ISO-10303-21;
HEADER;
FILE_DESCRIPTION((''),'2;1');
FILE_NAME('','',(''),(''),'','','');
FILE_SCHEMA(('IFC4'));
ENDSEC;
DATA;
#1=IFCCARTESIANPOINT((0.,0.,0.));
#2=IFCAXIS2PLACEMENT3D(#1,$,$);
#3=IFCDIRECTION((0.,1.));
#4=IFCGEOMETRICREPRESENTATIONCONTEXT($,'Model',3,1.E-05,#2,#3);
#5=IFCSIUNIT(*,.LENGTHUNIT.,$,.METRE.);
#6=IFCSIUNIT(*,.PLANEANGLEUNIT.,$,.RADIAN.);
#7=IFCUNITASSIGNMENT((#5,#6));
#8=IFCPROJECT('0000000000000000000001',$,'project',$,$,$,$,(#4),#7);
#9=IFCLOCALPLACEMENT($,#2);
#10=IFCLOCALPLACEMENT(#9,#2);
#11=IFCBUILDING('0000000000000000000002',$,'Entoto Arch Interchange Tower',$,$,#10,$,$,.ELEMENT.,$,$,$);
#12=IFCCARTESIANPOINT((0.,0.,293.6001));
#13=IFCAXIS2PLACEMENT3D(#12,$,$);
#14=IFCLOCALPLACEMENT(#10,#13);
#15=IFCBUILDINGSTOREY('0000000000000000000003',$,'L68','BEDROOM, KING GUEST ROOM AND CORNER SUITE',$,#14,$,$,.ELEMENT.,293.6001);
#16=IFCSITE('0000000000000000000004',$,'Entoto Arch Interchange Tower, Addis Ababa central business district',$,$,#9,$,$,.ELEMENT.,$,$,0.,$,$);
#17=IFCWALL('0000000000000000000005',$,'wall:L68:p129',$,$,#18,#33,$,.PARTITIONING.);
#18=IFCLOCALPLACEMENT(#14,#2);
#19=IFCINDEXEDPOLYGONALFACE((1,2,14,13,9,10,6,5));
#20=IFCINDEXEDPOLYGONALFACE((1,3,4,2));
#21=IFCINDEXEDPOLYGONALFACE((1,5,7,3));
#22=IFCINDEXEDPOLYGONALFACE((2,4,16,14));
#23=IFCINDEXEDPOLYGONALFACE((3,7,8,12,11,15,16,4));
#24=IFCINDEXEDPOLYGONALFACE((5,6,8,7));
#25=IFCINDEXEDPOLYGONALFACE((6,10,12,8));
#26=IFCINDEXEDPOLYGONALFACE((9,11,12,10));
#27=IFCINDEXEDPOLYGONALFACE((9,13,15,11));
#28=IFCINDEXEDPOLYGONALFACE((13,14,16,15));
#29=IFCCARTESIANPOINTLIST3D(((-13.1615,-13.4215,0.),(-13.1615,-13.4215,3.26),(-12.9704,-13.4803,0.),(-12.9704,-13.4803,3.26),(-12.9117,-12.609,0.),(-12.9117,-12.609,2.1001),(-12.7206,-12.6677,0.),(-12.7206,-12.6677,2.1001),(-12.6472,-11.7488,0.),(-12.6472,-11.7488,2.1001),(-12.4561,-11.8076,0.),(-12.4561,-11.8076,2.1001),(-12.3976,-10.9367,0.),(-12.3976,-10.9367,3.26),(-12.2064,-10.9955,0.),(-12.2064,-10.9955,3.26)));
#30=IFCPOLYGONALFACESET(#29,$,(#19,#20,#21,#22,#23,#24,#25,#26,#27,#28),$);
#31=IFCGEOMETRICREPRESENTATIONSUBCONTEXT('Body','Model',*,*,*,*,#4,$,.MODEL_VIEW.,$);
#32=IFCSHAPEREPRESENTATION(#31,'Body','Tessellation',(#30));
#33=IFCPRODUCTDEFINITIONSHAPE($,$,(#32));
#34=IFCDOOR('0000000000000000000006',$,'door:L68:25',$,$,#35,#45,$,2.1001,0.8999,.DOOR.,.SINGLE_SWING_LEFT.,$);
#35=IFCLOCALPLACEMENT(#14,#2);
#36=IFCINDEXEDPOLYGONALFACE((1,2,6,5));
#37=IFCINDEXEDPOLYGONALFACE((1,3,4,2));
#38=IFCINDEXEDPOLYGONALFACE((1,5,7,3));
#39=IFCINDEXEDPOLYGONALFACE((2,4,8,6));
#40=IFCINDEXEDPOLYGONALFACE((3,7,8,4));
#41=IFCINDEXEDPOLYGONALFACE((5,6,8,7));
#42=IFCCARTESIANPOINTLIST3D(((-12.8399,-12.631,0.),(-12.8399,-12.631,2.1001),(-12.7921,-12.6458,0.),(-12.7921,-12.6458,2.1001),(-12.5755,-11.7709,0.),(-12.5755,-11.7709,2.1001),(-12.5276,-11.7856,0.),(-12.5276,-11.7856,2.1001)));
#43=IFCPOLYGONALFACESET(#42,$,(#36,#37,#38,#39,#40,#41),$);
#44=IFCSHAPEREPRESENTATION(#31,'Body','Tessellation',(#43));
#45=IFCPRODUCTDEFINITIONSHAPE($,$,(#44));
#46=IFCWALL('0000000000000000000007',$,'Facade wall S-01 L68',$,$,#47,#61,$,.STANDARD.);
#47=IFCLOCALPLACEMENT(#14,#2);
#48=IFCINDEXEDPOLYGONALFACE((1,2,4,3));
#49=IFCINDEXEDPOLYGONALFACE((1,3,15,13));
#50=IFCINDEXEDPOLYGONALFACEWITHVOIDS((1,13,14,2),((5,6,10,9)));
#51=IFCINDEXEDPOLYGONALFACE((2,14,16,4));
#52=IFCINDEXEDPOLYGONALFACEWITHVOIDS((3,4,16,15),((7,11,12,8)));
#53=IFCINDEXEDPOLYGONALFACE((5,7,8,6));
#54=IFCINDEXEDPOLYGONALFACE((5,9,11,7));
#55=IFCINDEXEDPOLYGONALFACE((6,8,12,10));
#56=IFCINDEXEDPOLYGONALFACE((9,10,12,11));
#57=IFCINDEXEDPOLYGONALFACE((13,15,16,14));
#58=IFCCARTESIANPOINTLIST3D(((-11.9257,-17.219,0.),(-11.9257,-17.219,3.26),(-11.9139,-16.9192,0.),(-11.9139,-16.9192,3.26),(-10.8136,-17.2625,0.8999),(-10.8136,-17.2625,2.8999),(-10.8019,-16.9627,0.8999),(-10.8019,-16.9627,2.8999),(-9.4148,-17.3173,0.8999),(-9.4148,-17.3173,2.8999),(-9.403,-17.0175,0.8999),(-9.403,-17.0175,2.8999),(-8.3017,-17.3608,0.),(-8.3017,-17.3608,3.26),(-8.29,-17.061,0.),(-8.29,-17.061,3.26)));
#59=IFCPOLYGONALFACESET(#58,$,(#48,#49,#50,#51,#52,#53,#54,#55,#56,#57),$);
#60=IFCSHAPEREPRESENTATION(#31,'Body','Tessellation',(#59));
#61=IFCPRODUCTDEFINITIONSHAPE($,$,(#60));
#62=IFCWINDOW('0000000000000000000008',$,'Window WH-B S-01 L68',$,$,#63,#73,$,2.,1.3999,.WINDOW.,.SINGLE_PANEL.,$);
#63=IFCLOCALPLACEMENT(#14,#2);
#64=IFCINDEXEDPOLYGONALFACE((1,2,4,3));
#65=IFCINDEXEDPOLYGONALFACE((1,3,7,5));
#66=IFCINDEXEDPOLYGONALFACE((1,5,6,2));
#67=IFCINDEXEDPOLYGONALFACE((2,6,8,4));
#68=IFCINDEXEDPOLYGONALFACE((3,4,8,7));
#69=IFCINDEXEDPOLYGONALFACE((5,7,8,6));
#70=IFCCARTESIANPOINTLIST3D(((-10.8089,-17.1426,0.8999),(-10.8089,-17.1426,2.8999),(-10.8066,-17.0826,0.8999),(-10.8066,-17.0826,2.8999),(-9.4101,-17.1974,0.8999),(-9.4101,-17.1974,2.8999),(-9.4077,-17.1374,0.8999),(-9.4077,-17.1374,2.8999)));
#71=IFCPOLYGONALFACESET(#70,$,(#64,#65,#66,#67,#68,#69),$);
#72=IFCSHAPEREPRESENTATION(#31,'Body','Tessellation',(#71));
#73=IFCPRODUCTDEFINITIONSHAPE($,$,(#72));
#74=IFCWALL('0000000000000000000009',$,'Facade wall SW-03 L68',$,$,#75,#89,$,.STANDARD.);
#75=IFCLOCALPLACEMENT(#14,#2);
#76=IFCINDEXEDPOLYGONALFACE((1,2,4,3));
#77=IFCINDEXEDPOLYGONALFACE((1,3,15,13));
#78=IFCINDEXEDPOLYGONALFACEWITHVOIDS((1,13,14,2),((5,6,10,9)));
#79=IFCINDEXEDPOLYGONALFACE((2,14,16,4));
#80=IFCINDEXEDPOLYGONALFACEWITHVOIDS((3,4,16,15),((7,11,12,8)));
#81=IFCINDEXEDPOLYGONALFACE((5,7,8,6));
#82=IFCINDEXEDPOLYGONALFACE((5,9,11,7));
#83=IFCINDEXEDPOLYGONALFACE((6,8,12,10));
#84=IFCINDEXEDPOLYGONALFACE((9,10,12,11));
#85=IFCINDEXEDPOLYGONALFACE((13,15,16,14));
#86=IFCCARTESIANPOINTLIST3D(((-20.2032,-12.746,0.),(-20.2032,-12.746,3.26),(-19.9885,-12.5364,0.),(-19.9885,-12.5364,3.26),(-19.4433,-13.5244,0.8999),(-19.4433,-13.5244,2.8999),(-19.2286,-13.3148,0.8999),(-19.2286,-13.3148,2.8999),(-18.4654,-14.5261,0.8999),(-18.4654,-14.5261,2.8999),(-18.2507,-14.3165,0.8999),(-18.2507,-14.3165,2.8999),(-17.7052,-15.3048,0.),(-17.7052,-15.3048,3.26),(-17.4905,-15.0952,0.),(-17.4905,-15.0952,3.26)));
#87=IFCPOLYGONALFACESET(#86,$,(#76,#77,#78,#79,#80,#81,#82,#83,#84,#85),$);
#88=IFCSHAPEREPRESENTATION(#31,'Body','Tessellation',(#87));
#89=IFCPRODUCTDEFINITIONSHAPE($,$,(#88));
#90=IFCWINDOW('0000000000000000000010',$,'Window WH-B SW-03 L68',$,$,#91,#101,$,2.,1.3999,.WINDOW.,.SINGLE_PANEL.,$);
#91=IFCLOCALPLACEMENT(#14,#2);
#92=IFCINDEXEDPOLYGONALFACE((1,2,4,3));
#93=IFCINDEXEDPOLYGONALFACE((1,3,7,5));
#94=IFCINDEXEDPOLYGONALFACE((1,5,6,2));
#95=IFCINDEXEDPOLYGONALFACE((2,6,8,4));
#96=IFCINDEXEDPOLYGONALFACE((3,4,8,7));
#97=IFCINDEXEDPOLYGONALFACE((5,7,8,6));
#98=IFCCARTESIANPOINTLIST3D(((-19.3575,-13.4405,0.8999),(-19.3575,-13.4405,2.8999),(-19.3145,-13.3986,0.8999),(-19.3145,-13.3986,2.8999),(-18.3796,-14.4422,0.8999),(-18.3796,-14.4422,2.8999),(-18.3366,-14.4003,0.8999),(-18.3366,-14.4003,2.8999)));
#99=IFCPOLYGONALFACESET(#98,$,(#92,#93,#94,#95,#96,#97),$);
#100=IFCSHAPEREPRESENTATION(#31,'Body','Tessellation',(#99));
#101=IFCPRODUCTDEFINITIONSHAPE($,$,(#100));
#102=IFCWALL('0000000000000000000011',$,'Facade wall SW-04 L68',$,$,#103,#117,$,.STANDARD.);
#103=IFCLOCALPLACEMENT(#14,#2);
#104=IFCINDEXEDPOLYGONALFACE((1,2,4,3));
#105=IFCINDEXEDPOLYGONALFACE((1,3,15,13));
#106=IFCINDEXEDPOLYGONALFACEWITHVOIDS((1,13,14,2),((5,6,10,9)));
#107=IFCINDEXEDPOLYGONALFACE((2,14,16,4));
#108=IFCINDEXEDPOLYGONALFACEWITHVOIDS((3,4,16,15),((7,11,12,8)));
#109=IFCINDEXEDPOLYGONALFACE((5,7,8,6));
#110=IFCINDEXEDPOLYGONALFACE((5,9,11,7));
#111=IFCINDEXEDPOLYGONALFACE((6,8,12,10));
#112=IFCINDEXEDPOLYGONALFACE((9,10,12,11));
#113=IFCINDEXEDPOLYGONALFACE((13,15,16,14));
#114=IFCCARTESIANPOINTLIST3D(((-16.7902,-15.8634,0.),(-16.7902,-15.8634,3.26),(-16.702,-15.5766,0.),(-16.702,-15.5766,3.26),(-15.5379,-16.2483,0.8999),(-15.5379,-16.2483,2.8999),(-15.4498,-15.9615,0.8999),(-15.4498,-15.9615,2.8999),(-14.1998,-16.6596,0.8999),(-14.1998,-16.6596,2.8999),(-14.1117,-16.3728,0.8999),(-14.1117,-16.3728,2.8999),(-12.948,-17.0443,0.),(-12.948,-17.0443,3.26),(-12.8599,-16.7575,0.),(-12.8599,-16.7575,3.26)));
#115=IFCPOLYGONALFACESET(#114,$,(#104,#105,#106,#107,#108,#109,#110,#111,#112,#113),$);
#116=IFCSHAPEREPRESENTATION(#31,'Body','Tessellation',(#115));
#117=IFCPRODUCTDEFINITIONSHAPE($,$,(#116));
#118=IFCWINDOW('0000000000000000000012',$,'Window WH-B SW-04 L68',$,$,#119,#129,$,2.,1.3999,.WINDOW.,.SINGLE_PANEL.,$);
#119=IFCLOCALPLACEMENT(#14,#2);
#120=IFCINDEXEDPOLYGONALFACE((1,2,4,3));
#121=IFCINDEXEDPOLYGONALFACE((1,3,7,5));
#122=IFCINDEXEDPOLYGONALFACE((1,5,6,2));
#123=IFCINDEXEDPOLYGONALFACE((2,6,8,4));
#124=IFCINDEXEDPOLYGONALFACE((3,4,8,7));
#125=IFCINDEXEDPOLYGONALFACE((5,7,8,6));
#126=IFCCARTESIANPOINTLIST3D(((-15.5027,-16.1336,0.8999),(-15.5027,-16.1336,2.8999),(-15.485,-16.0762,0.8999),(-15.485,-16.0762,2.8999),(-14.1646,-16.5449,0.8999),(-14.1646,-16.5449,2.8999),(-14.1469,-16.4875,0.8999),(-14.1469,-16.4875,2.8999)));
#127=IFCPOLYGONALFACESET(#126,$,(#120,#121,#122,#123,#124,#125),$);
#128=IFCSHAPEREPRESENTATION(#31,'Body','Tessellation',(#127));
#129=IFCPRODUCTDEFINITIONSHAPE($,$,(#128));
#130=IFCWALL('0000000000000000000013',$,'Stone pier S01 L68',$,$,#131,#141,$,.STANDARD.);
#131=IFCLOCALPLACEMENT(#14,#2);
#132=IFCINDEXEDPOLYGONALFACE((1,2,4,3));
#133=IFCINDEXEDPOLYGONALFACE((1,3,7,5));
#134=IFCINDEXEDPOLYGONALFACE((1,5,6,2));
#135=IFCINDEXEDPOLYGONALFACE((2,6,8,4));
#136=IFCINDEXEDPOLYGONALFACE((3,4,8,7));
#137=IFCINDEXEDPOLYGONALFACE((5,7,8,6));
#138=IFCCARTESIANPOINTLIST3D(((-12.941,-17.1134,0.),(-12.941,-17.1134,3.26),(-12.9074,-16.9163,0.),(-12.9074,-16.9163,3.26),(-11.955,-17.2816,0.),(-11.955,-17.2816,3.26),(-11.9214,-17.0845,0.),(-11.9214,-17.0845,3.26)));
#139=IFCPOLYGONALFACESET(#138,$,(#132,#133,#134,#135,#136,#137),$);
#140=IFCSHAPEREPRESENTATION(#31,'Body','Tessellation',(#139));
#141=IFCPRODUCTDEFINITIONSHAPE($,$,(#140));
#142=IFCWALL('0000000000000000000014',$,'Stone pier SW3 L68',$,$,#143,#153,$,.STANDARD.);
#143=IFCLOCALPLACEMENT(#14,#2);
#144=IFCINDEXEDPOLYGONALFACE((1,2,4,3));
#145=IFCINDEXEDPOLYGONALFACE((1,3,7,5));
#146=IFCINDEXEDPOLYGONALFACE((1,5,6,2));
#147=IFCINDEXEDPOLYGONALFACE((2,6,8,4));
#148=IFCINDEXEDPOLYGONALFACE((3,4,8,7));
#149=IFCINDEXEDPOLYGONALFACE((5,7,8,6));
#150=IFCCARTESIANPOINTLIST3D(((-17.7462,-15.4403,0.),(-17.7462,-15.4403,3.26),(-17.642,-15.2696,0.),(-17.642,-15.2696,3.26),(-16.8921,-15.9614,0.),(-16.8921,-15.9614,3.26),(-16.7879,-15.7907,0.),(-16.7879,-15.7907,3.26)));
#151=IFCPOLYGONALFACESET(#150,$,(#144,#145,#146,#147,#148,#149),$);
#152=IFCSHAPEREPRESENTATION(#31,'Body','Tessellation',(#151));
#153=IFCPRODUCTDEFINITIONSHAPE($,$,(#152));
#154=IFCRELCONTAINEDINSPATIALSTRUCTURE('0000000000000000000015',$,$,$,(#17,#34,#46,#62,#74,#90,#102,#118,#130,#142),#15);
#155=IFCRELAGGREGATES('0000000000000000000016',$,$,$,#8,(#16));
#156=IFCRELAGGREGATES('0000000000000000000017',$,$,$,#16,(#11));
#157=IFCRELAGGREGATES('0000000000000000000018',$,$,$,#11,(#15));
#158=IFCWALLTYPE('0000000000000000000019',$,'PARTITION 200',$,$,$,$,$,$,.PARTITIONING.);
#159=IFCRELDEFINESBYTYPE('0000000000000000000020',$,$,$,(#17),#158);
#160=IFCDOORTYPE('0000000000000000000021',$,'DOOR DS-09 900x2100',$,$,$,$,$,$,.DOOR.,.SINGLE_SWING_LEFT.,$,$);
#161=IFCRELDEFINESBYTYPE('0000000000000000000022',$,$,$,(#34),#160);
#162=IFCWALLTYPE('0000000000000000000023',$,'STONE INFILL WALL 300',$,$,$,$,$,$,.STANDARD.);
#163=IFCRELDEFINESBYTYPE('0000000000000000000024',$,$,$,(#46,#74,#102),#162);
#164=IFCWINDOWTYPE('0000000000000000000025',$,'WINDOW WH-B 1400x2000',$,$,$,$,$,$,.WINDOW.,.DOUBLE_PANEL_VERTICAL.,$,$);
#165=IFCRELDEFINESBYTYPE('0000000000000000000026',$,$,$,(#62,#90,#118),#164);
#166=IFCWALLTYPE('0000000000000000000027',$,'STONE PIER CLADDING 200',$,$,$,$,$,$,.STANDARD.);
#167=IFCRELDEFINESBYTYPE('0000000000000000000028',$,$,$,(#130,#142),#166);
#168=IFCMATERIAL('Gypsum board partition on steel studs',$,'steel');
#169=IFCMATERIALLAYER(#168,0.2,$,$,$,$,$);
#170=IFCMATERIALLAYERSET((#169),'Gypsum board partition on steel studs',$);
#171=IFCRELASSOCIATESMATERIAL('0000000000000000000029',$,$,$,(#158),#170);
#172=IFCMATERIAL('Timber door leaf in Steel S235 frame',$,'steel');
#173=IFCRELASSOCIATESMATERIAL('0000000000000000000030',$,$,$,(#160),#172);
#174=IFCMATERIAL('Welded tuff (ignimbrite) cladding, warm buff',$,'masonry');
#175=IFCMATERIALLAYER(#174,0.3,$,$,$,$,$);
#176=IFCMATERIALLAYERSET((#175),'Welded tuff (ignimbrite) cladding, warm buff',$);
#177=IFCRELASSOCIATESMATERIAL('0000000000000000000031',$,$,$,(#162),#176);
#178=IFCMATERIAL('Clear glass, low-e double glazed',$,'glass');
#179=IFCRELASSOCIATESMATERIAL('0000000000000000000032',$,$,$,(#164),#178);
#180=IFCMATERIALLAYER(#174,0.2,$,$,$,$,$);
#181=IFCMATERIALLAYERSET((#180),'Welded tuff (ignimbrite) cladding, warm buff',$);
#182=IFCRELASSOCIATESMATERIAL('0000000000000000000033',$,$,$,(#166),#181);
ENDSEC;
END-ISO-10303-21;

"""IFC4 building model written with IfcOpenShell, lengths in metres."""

from ifc_helpers import new_model, si_unit, direction, frame, frame_2d, origin, place, context, subcontext, project, spatial, rectangle, extrude, material, layer, layer_set, type_object, element, fill, save


model = new_model("IFC4")

# Units and contexts
model_context = context("Model", 3, precision=1e-05, world=origin(), true_north=direction((0.0, 1.0)))
body_context = subcontext(model_context, "Body", "Model", "MODEL_VIEW")
ifc_project = project(units=[si_unit("LENGTHUNIT", "METRE"), si_unit("PLANEANGLEUNIT", "RADIAN")], contexts=[model_context])

# Site, building, storey
site_placement = place(None, origin())
site = spatial("IfcSite", under=ifc_project, at=site_placement, Name="Entoto Arch Interchange Tower, Addis Ababa central business district", CompositionType="ELEMENT", RefElevation=0.0)
building_placement = place(site_placement, origin())
building = spatial("IfcBuilding", under=site, at=building_placement, Name="Entoto Arch Interchange Tower", CompositionType="ELEMENT")
storey_placement = place(building_placement, frame((0.0, 0.0, 293.6001)))
storey = spatial("IfcBuildingStorey", under=building, at=storey_placement, Name="L68", Description="BEDROOM, KING GUEST ROOM AND CORNER SUITE", CompositionType="ELEMENT", Elevation=293.6001)

# Shared definitions
ifc_material_1 = material(Name="Gypsum board partition on steel studs", Category="steel")

# Shared definitions
ifc_layer_1 = layer(ifc_material_1, 0.2)
ifc_layer_set_1 = layer_set([ifc_layer_1], Name="Gypsum board partition on steel studs")
wall_type_1 = type_object("IfcWallType", Name="PARTITION 200", PredefinedType="PARTITIONING", material=ifc_layer_set_1)
ifc_material_2 = material(Name="Timber door leaf in Steel S235 frame", Category="steel")

# Wall, opening, door
wall_1_placement = place(storey_placement, frame((-13.0659, -13.4509, 0.0), z_axis=(0.0, 0.0, 1.0), x_axis=(0.293855, 0.95585, 0.0)))
wall_1 = element("IfcWall", 1, at=wall_1_placement, inside=storey, type_object=wall_type_1, Name="wall:L68:p129", PredefinedType="PARTITIONING", context=body_context, shape_type="SweptSolid", body=[
    extrude(rectangle(XDim=2.5996, YDim=0.2, at=frame_2d((1.2998, 0.0))), origin(), (0.0, 0.0, 1.0), 3.26),
])
opening_1_placement = place(wall_1_placement, frame((0.8501, 0.0, 0.0)))
opening_1 = element("IfcOpeningElement", 2, at=opening_1_placement, cuts=wall_1, PredefinedType="OPENING", context=body_context, shape_type="SweptSolid", body=[
    extrude(rectangle(XDim=0.8999, YDim=2.1001, at=frame_2d((0.45, 1.05))), frame((0.0, 0.1099, 0.0), z_axis=(0.0, -1.0, 0.0), x_axis=(1.0, 0.0, 0.0)), (0.0, 0.0, 1.0), 0.22),
])
door_type_1 = type_object("IfcDoorType", Name="DOOR DS-09 900x2100", OperationType="SINGLE_SWING_LEFT", PredefinedType="DOOR", material=ifc_material_2)
door_1_placement = place(opening_1_placement, origin())
door_1 = element("IfcDoor", 3, at=door_1_placement, inside=storey, type_object=door_type_1, Name="door:L68:25", OperationType="SINGLE_SWING_LEFT", OverallHeight=2.1001, OverallWidth=0.8999, PredefinedType="DOOR", context=body_context, shape_type="SweptSolid", body=[
    extrude(rectangle(XDim=0.8999, YDim=2.1001, at=frame_2d((0.45, 1.05))), frame((0.0, 0.0249, 0.0), z_axis=(0.0, -1.0, 0.0), x_axis=(1.0, 0.0, 0.0)), (0.0, 0.0, 1.0), 0.05),
])
fill(opening_1, door_1)

# Walls, openings, windows
ifc_material_3 = material(Name="Welded tuff (ignimbrite) cladding, warm buff", Category="masonry")
ifc_layer_2 = layer(ifc_material_3, 0.3)
ifc_layer_set_2 = layer_set([ifc_layer_2], Name="Welded tuff (ignimbrite) cladding, warm buff")
wall_type_2 = type_object("IfcWallType", Name="STONE INFILL WALL 300", PredefinedType="STANDARD", material=ifc_layer_set_2)
wall_2_placement = place(storey_placement, frame((-11.9199, -17.0691, 0.0), z_axis=(0.0, 0.0, 1.0), x_axis=(0.999235, -0.03911, 0.0)))
wall_2 = element("IfcWall", 4, at=wall_2_placement, inside=storey, type_object=wall_type_2, Name="Facade wall S-01 L68", PredefinedType="STANDARD", context=body_context, shape_type="SweptSolid", body=[
    extrude(rectangle(XDim=3.6267, YDim=0.3, at=frame_2d((1.8135, 0.0))), origin(), (0.0, 0.0, 1.0), 3.26),
])
opening_2_placement = place(wall_2_placement, frame((1.113, 0.0, 0.8999)))
opening_2 = element("IfcOpeningElement", 5, at=opening_2_placement, cuts=wall_2, PredefinedType="OPENING", context=body_context, shape_type="SweptSolid", body=[
    extrude(rectangle(XDim=1.3999, YDim=2.0, at=frame_2d((0.7, 1.0))), frame((0.0, 0.1602, 0.0), z_axis=(0.0, -1.0, 0.0), x_axis=(1.0, 0.0, 0.0)), (0.0, 0.0, 1.0), 0.3201),
])
ifc_material_4 = material(Name="Clear glass, low-e double glazed", Category="glass")
window_type = type_object("IfcWindowType", Name="WINDOW WH-B 1400x2000", PartitioningType="DOUBLE_PANEL_VERTICAL", PredefinedType="WINDOW", material=ifc_material_4)
window_1_placement = place(opening_2_placement, origin())
window_1 = element("IfcWindow", 6, at=window_1_placement, inside=storey, type_object=window_type, Name="Window WH-B S-01 L68", OverallHeight=2.0, OverallWidth=1.3999, PartitioningType="SINGLE_PANEL", PredefinedType="WINDOW", context=body_context, shape_type="SweptSolid", body=[
    extrude(rectangle(XDim=1.3999, YDim=2.0, at=frame_2d((0.7, 1.0))), frame((0.0, 0.03, 0.0), z_axis=(0.0, -1.0, 0.0), x_axis=(1.0, 0.0, 0.0)), (0.0, 0.0, 1.0), 0.0601),
])
fill(opening_2, window_1)
wall_3_placement = place(storey_placement, frame((-20.0959, -12.6411, 0.0), z_axis=(0.0, 0.0, 1.0), x_axis=(0.698556, -0.715556, 0.0)))
wall_3 = element("IfcWall", 7, at=wall_3_placement, inside=storey, type_object=wall_type_2, Name="Facade wall SW-03 L68", PredefinedType="STANDARD", context=body_context, shape_type="SweptSolid", body=[
    extrude(rectangle(XDim=3.5759, YDim=0.3, at=frame_2d((1.7881, 0.0))), origin(), (0.0, 0.0, 1.0), 3.26),
])
opening_3_placement = place(wall_3_placement, frame((1.0879, 0.0, 0.8999)))
opening_3 = element("IfcOpeningElement", 8, at=opening_3_placement, cuts=wall_3, PredefinedType="OPENING", context=body_context, shape_type="SweptSolid", body=[
    extrude(rectangle(XDim=1.3999, YDim=2.0, at=frame_2d((0.7, 1.0))), frame((0.0, 0.1602, 0.0), z_axis=(0.0, -1.0, 0.0), x_axis=(1.0, 0.0, 0.0)), (0.0, 0.0, 1.0), 0.3201),
])
window_2_placement = place(opening_3_placement, origin())
window_2 = element("IfcWindow", 9, at=window_2_placement, inside=storey, type_object=window_type, Name="Window WH-B SW-03 L68", OverallHeight=2.0, OverallWidth=1.3999, PartitioningType="SINGLE_PANEL", PredefinedType="WINDOW", context=body_context, shape_type="SweptSolid", body=[
    extrude(rectangle(XDim=1.3999, YDim=2.0, at=frame_2d((0.7, 1.0))), frame((0.0, 0.03, 0.0), z_axis=(0.0, -1.0, 0.0), x_axis=(1.0, 0.0, 0.0)), (0.0, 0.0, 1.0), 0.0601),
])
fill(opening_3, window_2)
wall_4_placement = place(storey_placement, frame((-16.7461, -15.72, 0.0), z_axis=(0.0, 0.0, 1.0), x_axis=(0.955867, -0.2938, 0.0)))
wall_4 = element("IfcWall", 10, at=wall_4_placement, inside=storey, type_object=wall_type_2, Name="Facade wall SW-04 L68", PredefinedType="STANDARD", context=body_context, shape_type="SweptSolid", body=[
    extrude(rectangle(XDim=4.0195, YDim=0.3, at=frame_2d((2.0098, 0.0))), origin(), (0.0, 0.0, 1.0), 3.26),
])
opening_4_placement = place(wall_4_placement, frame((1.3101, 0.0, 0.8999)))
opening_4 = element("IfcOpeningElement", 11, at=opening_4_placement, cuts=wall_4, PredefinedType="OPENING", context=body_context, shape_type="SweptSolid", body=[
    extrude(rectangle(XDim=1.3999, YDim=2.0, at=frame_2d((0.7, 1.0))), frame((0.0, 0.1602, 0.0), z_axis=(0.0, -1.0, 0.0), x_axis=(1.0, 0.0, 0.0)), (0.0, 0.0, 1.0), 0.3201),
])
window_3_placement = place(opening_4_placement, origin())
window_3 = element("IfcWindow", 12, at=window_3_placement, inside=storey, type_object=window_type, Name="Window WH-B SW-04 L68", OverallHeight=2.0, OverallWidth=1.3999, PartitioningType="SINGLE_PANEL", PredefinedType="WINDOW", context=body_context, shape_type="SweptSolid", body=[
    extrude(rectangle(XDim=1.3999, YDim=2.0, at=frame_2d((0.7, 1.0))), frame((0.0, 0.03, 0.0), z_axis=(0.0, -1.0, 0.0), x_axis=(1.0, 0.0, 0.0)), (0.0, 0.0, 1.0), 0.0601),
])
fill(opening_4, window_3)

# Walls
ifc_layer_3 = layer(ifc_material_3, 0.2)
ifc_layer_set_3 = layer_set([ifc_layer_3], Name="Welded tuff (ignimbrite) cladding, warm buff")
wall_type_3 = type_object("IfcWallType", Name="STONE PIER CLADDING 200", PredefinedType="STANDARD", material=ifc_layer_set_3)
wall_5_placement = place(storey_placement, frame((-12.9241, -17.0149, 0.0), z_axis=(0.0, 0.0, 1.0), x_axis=(0.98576, -0.168158, 0.0)))
element("IfcWall", 13, at=wall_5_placement, inside=storey, type_object=wall_type_3, Name="Stone pier S01 L68", PredefinedType="STANDARD", context=body_context, shape_type="SweptSolid", body=[
    extrude(rectangle(XDim=1.0002, YDim=0.2, at=frame_2d((0.5, 0.0))), origin(), (0.0, 0.0, 1.0), 3.26),
])
wall_6_placement = place(storey_placement, frame((-17.6941, -15.355, 0.0), z_axis=(0.0, 0.0, 1.0), x_axis=(0.85368, -0.520798, 0.0)))
element("IfcWall", 14, at=wall_6_placement, inside=storey, type_object=wall_type_3, Name="Stone pier SW3 L68", PredefinedType="STANDARD", context=body_context, shape_type="SweptSolid", body=[
    extrude(rectangle(XDim=1.0005, YDim=0.2, at=frame_2d((0.5002, 0.0))), origin(), (0.0, 0.0, 1.0), 3.26),
])

save(model, "model.ifc")
